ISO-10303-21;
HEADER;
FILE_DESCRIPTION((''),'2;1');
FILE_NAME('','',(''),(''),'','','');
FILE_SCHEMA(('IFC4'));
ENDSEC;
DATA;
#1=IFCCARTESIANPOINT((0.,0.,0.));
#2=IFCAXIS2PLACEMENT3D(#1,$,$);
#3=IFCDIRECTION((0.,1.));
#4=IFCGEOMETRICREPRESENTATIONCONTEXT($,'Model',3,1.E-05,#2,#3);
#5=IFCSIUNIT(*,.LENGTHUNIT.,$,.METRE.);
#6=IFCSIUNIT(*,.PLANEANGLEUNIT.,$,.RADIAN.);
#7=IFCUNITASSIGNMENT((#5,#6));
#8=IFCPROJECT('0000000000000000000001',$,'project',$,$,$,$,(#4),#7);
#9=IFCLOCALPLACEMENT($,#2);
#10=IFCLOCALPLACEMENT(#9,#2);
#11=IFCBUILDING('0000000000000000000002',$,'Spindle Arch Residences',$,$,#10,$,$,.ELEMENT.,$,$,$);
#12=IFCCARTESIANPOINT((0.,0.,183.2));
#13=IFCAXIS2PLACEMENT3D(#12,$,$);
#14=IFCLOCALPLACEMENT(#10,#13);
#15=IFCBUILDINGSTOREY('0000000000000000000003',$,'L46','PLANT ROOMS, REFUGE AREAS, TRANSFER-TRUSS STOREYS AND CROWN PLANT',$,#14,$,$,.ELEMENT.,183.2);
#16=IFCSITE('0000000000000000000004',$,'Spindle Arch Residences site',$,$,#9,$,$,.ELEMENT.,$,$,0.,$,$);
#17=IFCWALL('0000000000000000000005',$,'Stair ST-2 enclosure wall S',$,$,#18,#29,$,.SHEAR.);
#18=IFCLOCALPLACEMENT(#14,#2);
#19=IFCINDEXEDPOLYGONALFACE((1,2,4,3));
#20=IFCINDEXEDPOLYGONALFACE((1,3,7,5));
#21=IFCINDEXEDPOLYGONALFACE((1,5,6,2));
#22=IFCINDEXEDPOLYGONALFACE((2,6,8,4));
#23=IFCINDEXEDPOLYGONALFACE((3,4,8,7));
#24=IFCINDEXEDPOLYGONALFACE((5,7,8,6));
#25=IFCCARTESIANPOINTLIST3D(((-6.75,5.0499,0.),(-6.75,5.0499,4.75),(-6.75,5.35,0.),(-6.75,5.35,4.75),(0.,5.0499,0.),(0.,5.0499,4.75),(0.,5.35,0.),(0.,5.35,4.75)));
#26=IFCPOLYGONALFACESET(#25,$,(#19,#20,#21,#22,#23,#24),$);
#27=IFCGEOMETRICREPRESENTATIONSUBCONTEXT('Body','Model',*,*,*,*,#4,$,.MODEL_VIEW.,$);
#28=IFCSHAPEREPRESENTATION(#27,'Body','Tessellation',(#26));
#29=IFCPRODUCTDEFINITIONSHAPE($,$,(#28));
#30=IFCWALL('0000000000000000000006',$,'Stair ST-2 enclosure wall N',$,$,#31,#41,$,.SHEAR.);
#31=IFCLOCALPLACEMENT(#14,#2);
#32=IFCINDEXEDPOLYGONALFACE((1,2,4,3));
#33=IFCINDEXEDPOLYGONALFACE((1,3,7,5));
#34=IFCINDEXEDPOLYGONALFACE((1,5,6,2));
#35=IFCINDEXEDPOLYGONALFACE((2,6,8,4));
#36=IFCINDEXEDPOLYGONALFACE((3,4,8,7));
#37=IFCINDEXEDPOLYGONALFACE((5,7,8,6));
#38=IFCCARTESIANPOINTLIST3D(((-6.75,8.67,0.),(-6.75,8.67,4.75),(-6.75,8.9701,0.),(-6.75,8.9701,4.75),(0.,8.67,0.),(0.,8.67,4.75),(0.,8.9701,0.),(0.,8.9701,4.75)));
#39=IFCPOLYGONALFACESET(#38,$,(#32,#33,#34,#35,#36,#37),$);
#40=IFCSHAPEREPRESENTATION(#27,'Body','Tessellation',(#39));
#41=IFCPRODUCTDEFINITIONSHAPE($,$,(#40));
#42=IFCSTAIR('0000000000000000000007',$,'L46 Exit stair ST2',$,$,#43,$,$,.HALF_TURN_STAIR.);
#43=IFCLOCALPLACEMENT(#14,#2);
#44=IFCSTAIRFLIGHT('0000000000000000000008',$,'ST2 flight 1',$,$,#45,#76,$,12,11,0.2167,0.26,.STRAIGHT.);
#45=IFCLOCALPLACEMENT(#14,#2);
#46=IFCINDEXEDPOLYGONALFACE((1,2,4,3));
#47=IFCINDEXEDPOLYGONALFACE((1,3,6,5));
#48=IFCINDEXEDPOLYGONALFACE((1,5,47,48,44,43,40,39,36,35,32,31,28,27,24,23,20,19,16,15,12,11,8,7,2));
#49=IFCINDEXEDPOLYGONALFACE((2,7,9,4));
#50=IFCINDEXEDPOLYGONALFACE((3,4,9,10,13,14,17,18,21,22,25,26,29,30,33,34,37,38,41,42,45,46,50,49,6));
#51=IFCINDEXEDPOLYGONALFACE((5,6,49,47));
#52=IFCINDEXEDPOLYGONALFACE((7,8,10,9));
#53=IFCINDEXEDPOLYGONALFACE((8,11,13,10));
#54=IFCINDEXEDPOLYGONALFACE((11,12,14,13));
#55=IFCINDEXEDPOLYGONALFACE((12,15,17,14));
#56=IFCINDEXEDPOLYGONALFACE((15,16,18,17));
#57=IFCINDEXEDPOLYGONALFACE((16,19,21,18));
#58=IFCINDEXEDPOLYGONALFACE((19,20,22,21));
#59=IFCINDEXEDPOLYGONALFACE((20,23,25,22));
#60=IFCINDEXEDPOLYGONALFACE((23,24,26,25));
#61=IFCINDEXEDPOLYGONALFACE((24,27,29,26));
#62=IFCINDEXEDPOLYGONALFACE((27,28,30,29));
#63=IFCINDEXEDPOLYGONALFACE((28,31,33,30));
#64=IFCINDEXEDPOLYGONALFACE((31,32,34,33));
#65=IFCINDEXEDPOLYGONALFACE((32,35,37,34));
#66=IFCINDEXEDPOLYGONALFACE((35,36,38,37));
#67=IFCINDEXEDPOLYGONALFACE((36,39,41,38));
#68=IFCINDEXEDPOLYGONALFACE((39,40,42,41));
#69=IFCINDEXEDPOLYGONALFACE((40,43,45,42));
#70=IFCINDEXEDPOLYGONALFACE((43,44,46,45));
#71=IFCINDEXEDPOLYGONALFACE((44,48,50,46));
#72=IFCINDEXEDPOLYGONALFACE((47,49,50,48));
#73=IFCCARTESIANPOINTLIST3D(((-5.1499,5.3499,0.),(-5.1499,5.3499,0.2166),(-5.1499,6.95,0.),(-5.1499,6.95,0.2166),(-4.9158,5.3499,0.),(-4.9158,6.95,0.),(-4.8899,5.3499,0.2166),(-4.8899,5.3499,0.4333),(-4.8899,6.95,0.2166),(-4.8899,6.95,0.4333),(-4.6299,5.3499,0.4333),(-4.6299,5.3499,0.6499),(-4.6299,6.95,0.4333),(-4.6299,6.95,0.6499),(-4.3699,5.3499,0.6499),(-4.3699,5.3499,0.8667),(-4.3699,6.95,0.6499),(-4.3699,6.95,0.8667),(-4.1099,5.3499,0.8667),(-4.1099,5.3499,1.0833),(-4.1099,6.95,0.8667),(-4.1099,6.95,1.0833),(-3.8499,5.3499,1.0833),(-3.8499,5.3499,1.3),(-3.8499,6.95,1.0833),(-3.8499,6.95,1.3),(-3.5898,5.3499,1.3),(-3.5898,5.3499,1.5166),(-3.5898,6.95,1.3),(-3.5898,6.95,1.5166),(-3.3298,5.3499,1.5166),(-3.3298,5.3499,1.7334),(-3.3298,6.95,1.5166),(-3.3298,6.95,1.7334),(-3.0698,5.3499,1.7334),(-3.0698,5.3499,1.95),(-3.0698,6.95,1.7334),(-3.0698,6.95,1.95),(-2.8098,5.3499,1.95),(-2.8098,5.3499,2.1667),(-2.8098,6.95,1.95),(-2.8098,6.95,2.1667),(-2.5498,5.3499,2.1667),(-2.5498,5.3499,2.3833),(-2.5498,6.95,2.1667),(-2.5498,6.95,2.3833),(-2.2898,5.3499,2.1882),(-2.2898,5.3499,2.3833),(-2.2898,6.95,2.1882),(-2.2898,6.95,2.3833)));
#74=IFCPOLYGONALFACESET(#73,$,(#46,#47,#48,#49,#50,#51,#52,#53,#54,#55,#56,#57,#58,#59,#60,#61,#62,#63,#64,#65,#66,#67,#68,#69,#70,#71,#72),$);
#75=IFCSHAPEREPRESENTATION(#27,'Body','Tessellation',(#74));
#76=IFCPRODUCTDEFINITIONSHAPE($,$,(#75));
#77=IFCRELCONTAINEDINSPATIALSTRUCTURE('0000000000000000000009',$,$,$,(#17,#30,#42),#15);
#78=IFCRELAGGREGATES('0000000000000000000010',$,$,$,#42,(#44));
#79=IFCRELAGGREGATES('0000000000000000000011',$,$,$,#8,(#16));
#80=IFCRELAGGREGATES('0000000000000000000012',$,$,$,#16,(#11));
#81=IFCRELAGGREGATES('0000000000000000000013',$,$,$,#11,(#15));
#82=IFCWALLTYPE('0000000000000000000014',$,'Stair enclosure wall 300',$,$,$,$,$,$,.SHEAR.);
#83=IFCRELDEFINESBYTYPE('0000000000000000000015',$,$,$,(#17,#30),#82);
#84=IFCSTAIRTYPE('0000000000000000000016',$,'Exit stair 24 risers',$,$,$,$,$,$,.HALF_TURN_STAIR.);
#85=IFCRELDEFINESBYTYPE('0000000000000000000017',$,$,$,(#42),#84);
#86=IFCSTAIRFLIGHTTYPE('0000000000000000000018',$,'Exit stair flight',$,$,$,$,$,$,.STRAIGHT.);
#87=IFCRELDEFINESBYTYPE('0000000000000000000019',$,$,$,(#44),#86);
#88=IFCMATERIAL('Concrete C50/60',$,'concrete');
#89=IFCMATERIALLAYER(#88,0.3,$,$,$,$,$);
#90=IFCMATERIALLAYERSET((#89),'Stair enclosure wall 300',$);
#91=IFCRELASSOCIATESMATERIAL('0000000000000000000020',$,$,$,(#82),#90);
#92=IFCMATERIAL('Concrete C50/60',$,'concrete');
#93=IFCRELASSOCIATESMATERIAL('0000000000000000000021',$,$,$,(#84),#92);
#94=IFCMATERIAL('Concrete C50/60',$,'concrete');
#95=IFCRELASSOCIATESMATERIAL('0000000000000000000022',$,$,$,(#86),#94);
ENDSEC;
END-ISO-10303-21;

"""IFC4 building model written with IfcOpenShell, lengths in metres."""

from ifc_helpers import new_model, si_unit, direction, frame, frame_2d, origin, place, context, subcontext, project, spatial, polyline, rectangle, outline, extrude, material, layer, layer_set, type_object, element, aggregate, save


model = new_model("IFC4")

# Units and contexts
model_context = context("Model", 3, precision=1e-05, world=origin(), true_north=direction((0.0, 1.0)))
body_context = subcontext(model_context, "Body", "Model", "MODEL_VIEW")
ifc_project = project(units=[si_unit("LENGTHUNIT", "METRE"), si_unit("PLANEANGLEUNIT", "RADIAN")], contexts=[model_context])

# Site, building, storey
site_placement = place(None, origin())
site = spatial("IfcSite", under=ifc_project, at=site_placement, Name="Spindle Arch Residences site", CompositionType="ELEMENT", RefElevation=0.0)
building_placement = place(site_placement, origin())
building = spatial("IfcBuilding", under=site, at=building_placement, Name="Spindle Arch Residences", CompositionType="ELEMENT")
storey_placement = place(building_placement, frame((0.0, 0.0, 183.2)))
storey = spatial("IfcBuildingStorey", under=building, at=storey_placement, Name="L46", Description="PLANT ROOMS, REFUGE AREAS, TRANSFER-TRUSS STOREYS AND CROWN PLANT", CompositionType="ELEMENT", Elevation=183.2)

# Walls
ifc_material_1 = material(Name="Concrete C50/60", Category="concrete")
ifc_layer_1 = layer(ifc_material_1, 0.3)
ifc_layer_set_1 = layer_set([ifc_layer_1], Name="Stair enclosure wall 300")
wall_type_1 = type_object("IfcWallType", Name="Stair enclosure wall 300", PredefinedType="SHEAR", material=ifc_layer_set_1)
for number, where, z_axis, x_axis, name in (
    (1, (-6.75, 5.2, 0.0), (0.0, 0.0, 1.0), (1.0, 0.0, 0.0), "Stair ST-2 enclosure wall S"),
    (2, (-6.75, 8.8201, 0.0), (0.0, 0.0, 1.0), (1.0, 0.0, 0.0), "Stair ST-2 enclosure wall N"),
):
    element("IfcWall", number, at=place(storey_placement, frame(where, z_axis=z_axis, x_axis=x_axis)), inside=storey, type_object=wall_type_1, Name=name, PredefinedType="SHEAR", context=body_context, shape_type="SweptSolid", body=[
        extrude(rectangle(XDim=6.75, YDim=0.3, at=frame_2d((3.375, 0.0))), origin(), (0.0, 0.0, 1.0), 4.75),
    ])

# Stair, stair flight
ifc_material_2 = material(Name="Concrete C50/60", Category="concrete")
stair_type = type_object("IfcStairType", Name="Exit stair 24 risers", PredefinedType="HALF_TURN_STAIR", material=ifc_material_2)
stair_placement = place(storey_placement, origin())
stair = element("IfcStair", 3, at=stair_placement, inside=storey, type_object=stair_type, Name="L46 Exit stair ST2", PredefinedType="HALF_TURN_STAIR")
ifc_material_3 = material(Name="Concrete C50/60", Category="concrete")
stair_flight_type = type_object("IfcStairFlightType", Name="Exit stair flight", PredefinedType="STRAIGHT", material=ifc_material_3)
stair_flight_placement = place(storey_placement, frame((-5.1499, 6.1499, 0.0), z_axis=(0.0, 0.0, 1.0), x_axis=(1.0, 0.0, 0.0)))
stair_flight = element("IfcStairFlight", 4, at=stair_flight_placement, type_object=stair_flight_type, Name="ST2 flight 1", NumberOfRisers=12, NumberOfTreads=11, PredefinedType="STRAIGHT", RiserHeight=0.2167, TreadLength=0.26, context=body_context, shape_type="SweptSolid", body=[
    extrude(outline(polyline([(0.0, 0.0), (0.0, 0.2166), (0.26, 0.2166), (0.26, 0.4333), (0.52, 0.4333), (0.52, 0.6499), (0.78, 0.6499), (0.78, 0.8667), (1.04, 0.8667), (1.04, 1.0833), (1.3, 1.0833), (1.3, 1.3), (1.5601, 1.3), (1.5601, 1.5166), (1.8201, 1.5166), (1.8201, 1.7334), (2.0801, 1.7334), (2.0801, 1.95), (2.3401, 1.95), (2.3401, 2.1667), (2.6001, 2.1667), (2.6001, 2.3833), (2.8601, 2.3833), (2.8601, 2.6001), (2.8601, 2.1882), (0.2341, 0.0), (0.0, 0.0)])), frame((0.0, 0.8, 0.0), z_axis=(0.0, -1.0, 0.0), x_axis=(1.0, 0.0, 0.0)), (0.0, 0.0, 1.0), 1.6001),
])
aggregate(stair, [stair_flight])

save(model, "model.ifc")
